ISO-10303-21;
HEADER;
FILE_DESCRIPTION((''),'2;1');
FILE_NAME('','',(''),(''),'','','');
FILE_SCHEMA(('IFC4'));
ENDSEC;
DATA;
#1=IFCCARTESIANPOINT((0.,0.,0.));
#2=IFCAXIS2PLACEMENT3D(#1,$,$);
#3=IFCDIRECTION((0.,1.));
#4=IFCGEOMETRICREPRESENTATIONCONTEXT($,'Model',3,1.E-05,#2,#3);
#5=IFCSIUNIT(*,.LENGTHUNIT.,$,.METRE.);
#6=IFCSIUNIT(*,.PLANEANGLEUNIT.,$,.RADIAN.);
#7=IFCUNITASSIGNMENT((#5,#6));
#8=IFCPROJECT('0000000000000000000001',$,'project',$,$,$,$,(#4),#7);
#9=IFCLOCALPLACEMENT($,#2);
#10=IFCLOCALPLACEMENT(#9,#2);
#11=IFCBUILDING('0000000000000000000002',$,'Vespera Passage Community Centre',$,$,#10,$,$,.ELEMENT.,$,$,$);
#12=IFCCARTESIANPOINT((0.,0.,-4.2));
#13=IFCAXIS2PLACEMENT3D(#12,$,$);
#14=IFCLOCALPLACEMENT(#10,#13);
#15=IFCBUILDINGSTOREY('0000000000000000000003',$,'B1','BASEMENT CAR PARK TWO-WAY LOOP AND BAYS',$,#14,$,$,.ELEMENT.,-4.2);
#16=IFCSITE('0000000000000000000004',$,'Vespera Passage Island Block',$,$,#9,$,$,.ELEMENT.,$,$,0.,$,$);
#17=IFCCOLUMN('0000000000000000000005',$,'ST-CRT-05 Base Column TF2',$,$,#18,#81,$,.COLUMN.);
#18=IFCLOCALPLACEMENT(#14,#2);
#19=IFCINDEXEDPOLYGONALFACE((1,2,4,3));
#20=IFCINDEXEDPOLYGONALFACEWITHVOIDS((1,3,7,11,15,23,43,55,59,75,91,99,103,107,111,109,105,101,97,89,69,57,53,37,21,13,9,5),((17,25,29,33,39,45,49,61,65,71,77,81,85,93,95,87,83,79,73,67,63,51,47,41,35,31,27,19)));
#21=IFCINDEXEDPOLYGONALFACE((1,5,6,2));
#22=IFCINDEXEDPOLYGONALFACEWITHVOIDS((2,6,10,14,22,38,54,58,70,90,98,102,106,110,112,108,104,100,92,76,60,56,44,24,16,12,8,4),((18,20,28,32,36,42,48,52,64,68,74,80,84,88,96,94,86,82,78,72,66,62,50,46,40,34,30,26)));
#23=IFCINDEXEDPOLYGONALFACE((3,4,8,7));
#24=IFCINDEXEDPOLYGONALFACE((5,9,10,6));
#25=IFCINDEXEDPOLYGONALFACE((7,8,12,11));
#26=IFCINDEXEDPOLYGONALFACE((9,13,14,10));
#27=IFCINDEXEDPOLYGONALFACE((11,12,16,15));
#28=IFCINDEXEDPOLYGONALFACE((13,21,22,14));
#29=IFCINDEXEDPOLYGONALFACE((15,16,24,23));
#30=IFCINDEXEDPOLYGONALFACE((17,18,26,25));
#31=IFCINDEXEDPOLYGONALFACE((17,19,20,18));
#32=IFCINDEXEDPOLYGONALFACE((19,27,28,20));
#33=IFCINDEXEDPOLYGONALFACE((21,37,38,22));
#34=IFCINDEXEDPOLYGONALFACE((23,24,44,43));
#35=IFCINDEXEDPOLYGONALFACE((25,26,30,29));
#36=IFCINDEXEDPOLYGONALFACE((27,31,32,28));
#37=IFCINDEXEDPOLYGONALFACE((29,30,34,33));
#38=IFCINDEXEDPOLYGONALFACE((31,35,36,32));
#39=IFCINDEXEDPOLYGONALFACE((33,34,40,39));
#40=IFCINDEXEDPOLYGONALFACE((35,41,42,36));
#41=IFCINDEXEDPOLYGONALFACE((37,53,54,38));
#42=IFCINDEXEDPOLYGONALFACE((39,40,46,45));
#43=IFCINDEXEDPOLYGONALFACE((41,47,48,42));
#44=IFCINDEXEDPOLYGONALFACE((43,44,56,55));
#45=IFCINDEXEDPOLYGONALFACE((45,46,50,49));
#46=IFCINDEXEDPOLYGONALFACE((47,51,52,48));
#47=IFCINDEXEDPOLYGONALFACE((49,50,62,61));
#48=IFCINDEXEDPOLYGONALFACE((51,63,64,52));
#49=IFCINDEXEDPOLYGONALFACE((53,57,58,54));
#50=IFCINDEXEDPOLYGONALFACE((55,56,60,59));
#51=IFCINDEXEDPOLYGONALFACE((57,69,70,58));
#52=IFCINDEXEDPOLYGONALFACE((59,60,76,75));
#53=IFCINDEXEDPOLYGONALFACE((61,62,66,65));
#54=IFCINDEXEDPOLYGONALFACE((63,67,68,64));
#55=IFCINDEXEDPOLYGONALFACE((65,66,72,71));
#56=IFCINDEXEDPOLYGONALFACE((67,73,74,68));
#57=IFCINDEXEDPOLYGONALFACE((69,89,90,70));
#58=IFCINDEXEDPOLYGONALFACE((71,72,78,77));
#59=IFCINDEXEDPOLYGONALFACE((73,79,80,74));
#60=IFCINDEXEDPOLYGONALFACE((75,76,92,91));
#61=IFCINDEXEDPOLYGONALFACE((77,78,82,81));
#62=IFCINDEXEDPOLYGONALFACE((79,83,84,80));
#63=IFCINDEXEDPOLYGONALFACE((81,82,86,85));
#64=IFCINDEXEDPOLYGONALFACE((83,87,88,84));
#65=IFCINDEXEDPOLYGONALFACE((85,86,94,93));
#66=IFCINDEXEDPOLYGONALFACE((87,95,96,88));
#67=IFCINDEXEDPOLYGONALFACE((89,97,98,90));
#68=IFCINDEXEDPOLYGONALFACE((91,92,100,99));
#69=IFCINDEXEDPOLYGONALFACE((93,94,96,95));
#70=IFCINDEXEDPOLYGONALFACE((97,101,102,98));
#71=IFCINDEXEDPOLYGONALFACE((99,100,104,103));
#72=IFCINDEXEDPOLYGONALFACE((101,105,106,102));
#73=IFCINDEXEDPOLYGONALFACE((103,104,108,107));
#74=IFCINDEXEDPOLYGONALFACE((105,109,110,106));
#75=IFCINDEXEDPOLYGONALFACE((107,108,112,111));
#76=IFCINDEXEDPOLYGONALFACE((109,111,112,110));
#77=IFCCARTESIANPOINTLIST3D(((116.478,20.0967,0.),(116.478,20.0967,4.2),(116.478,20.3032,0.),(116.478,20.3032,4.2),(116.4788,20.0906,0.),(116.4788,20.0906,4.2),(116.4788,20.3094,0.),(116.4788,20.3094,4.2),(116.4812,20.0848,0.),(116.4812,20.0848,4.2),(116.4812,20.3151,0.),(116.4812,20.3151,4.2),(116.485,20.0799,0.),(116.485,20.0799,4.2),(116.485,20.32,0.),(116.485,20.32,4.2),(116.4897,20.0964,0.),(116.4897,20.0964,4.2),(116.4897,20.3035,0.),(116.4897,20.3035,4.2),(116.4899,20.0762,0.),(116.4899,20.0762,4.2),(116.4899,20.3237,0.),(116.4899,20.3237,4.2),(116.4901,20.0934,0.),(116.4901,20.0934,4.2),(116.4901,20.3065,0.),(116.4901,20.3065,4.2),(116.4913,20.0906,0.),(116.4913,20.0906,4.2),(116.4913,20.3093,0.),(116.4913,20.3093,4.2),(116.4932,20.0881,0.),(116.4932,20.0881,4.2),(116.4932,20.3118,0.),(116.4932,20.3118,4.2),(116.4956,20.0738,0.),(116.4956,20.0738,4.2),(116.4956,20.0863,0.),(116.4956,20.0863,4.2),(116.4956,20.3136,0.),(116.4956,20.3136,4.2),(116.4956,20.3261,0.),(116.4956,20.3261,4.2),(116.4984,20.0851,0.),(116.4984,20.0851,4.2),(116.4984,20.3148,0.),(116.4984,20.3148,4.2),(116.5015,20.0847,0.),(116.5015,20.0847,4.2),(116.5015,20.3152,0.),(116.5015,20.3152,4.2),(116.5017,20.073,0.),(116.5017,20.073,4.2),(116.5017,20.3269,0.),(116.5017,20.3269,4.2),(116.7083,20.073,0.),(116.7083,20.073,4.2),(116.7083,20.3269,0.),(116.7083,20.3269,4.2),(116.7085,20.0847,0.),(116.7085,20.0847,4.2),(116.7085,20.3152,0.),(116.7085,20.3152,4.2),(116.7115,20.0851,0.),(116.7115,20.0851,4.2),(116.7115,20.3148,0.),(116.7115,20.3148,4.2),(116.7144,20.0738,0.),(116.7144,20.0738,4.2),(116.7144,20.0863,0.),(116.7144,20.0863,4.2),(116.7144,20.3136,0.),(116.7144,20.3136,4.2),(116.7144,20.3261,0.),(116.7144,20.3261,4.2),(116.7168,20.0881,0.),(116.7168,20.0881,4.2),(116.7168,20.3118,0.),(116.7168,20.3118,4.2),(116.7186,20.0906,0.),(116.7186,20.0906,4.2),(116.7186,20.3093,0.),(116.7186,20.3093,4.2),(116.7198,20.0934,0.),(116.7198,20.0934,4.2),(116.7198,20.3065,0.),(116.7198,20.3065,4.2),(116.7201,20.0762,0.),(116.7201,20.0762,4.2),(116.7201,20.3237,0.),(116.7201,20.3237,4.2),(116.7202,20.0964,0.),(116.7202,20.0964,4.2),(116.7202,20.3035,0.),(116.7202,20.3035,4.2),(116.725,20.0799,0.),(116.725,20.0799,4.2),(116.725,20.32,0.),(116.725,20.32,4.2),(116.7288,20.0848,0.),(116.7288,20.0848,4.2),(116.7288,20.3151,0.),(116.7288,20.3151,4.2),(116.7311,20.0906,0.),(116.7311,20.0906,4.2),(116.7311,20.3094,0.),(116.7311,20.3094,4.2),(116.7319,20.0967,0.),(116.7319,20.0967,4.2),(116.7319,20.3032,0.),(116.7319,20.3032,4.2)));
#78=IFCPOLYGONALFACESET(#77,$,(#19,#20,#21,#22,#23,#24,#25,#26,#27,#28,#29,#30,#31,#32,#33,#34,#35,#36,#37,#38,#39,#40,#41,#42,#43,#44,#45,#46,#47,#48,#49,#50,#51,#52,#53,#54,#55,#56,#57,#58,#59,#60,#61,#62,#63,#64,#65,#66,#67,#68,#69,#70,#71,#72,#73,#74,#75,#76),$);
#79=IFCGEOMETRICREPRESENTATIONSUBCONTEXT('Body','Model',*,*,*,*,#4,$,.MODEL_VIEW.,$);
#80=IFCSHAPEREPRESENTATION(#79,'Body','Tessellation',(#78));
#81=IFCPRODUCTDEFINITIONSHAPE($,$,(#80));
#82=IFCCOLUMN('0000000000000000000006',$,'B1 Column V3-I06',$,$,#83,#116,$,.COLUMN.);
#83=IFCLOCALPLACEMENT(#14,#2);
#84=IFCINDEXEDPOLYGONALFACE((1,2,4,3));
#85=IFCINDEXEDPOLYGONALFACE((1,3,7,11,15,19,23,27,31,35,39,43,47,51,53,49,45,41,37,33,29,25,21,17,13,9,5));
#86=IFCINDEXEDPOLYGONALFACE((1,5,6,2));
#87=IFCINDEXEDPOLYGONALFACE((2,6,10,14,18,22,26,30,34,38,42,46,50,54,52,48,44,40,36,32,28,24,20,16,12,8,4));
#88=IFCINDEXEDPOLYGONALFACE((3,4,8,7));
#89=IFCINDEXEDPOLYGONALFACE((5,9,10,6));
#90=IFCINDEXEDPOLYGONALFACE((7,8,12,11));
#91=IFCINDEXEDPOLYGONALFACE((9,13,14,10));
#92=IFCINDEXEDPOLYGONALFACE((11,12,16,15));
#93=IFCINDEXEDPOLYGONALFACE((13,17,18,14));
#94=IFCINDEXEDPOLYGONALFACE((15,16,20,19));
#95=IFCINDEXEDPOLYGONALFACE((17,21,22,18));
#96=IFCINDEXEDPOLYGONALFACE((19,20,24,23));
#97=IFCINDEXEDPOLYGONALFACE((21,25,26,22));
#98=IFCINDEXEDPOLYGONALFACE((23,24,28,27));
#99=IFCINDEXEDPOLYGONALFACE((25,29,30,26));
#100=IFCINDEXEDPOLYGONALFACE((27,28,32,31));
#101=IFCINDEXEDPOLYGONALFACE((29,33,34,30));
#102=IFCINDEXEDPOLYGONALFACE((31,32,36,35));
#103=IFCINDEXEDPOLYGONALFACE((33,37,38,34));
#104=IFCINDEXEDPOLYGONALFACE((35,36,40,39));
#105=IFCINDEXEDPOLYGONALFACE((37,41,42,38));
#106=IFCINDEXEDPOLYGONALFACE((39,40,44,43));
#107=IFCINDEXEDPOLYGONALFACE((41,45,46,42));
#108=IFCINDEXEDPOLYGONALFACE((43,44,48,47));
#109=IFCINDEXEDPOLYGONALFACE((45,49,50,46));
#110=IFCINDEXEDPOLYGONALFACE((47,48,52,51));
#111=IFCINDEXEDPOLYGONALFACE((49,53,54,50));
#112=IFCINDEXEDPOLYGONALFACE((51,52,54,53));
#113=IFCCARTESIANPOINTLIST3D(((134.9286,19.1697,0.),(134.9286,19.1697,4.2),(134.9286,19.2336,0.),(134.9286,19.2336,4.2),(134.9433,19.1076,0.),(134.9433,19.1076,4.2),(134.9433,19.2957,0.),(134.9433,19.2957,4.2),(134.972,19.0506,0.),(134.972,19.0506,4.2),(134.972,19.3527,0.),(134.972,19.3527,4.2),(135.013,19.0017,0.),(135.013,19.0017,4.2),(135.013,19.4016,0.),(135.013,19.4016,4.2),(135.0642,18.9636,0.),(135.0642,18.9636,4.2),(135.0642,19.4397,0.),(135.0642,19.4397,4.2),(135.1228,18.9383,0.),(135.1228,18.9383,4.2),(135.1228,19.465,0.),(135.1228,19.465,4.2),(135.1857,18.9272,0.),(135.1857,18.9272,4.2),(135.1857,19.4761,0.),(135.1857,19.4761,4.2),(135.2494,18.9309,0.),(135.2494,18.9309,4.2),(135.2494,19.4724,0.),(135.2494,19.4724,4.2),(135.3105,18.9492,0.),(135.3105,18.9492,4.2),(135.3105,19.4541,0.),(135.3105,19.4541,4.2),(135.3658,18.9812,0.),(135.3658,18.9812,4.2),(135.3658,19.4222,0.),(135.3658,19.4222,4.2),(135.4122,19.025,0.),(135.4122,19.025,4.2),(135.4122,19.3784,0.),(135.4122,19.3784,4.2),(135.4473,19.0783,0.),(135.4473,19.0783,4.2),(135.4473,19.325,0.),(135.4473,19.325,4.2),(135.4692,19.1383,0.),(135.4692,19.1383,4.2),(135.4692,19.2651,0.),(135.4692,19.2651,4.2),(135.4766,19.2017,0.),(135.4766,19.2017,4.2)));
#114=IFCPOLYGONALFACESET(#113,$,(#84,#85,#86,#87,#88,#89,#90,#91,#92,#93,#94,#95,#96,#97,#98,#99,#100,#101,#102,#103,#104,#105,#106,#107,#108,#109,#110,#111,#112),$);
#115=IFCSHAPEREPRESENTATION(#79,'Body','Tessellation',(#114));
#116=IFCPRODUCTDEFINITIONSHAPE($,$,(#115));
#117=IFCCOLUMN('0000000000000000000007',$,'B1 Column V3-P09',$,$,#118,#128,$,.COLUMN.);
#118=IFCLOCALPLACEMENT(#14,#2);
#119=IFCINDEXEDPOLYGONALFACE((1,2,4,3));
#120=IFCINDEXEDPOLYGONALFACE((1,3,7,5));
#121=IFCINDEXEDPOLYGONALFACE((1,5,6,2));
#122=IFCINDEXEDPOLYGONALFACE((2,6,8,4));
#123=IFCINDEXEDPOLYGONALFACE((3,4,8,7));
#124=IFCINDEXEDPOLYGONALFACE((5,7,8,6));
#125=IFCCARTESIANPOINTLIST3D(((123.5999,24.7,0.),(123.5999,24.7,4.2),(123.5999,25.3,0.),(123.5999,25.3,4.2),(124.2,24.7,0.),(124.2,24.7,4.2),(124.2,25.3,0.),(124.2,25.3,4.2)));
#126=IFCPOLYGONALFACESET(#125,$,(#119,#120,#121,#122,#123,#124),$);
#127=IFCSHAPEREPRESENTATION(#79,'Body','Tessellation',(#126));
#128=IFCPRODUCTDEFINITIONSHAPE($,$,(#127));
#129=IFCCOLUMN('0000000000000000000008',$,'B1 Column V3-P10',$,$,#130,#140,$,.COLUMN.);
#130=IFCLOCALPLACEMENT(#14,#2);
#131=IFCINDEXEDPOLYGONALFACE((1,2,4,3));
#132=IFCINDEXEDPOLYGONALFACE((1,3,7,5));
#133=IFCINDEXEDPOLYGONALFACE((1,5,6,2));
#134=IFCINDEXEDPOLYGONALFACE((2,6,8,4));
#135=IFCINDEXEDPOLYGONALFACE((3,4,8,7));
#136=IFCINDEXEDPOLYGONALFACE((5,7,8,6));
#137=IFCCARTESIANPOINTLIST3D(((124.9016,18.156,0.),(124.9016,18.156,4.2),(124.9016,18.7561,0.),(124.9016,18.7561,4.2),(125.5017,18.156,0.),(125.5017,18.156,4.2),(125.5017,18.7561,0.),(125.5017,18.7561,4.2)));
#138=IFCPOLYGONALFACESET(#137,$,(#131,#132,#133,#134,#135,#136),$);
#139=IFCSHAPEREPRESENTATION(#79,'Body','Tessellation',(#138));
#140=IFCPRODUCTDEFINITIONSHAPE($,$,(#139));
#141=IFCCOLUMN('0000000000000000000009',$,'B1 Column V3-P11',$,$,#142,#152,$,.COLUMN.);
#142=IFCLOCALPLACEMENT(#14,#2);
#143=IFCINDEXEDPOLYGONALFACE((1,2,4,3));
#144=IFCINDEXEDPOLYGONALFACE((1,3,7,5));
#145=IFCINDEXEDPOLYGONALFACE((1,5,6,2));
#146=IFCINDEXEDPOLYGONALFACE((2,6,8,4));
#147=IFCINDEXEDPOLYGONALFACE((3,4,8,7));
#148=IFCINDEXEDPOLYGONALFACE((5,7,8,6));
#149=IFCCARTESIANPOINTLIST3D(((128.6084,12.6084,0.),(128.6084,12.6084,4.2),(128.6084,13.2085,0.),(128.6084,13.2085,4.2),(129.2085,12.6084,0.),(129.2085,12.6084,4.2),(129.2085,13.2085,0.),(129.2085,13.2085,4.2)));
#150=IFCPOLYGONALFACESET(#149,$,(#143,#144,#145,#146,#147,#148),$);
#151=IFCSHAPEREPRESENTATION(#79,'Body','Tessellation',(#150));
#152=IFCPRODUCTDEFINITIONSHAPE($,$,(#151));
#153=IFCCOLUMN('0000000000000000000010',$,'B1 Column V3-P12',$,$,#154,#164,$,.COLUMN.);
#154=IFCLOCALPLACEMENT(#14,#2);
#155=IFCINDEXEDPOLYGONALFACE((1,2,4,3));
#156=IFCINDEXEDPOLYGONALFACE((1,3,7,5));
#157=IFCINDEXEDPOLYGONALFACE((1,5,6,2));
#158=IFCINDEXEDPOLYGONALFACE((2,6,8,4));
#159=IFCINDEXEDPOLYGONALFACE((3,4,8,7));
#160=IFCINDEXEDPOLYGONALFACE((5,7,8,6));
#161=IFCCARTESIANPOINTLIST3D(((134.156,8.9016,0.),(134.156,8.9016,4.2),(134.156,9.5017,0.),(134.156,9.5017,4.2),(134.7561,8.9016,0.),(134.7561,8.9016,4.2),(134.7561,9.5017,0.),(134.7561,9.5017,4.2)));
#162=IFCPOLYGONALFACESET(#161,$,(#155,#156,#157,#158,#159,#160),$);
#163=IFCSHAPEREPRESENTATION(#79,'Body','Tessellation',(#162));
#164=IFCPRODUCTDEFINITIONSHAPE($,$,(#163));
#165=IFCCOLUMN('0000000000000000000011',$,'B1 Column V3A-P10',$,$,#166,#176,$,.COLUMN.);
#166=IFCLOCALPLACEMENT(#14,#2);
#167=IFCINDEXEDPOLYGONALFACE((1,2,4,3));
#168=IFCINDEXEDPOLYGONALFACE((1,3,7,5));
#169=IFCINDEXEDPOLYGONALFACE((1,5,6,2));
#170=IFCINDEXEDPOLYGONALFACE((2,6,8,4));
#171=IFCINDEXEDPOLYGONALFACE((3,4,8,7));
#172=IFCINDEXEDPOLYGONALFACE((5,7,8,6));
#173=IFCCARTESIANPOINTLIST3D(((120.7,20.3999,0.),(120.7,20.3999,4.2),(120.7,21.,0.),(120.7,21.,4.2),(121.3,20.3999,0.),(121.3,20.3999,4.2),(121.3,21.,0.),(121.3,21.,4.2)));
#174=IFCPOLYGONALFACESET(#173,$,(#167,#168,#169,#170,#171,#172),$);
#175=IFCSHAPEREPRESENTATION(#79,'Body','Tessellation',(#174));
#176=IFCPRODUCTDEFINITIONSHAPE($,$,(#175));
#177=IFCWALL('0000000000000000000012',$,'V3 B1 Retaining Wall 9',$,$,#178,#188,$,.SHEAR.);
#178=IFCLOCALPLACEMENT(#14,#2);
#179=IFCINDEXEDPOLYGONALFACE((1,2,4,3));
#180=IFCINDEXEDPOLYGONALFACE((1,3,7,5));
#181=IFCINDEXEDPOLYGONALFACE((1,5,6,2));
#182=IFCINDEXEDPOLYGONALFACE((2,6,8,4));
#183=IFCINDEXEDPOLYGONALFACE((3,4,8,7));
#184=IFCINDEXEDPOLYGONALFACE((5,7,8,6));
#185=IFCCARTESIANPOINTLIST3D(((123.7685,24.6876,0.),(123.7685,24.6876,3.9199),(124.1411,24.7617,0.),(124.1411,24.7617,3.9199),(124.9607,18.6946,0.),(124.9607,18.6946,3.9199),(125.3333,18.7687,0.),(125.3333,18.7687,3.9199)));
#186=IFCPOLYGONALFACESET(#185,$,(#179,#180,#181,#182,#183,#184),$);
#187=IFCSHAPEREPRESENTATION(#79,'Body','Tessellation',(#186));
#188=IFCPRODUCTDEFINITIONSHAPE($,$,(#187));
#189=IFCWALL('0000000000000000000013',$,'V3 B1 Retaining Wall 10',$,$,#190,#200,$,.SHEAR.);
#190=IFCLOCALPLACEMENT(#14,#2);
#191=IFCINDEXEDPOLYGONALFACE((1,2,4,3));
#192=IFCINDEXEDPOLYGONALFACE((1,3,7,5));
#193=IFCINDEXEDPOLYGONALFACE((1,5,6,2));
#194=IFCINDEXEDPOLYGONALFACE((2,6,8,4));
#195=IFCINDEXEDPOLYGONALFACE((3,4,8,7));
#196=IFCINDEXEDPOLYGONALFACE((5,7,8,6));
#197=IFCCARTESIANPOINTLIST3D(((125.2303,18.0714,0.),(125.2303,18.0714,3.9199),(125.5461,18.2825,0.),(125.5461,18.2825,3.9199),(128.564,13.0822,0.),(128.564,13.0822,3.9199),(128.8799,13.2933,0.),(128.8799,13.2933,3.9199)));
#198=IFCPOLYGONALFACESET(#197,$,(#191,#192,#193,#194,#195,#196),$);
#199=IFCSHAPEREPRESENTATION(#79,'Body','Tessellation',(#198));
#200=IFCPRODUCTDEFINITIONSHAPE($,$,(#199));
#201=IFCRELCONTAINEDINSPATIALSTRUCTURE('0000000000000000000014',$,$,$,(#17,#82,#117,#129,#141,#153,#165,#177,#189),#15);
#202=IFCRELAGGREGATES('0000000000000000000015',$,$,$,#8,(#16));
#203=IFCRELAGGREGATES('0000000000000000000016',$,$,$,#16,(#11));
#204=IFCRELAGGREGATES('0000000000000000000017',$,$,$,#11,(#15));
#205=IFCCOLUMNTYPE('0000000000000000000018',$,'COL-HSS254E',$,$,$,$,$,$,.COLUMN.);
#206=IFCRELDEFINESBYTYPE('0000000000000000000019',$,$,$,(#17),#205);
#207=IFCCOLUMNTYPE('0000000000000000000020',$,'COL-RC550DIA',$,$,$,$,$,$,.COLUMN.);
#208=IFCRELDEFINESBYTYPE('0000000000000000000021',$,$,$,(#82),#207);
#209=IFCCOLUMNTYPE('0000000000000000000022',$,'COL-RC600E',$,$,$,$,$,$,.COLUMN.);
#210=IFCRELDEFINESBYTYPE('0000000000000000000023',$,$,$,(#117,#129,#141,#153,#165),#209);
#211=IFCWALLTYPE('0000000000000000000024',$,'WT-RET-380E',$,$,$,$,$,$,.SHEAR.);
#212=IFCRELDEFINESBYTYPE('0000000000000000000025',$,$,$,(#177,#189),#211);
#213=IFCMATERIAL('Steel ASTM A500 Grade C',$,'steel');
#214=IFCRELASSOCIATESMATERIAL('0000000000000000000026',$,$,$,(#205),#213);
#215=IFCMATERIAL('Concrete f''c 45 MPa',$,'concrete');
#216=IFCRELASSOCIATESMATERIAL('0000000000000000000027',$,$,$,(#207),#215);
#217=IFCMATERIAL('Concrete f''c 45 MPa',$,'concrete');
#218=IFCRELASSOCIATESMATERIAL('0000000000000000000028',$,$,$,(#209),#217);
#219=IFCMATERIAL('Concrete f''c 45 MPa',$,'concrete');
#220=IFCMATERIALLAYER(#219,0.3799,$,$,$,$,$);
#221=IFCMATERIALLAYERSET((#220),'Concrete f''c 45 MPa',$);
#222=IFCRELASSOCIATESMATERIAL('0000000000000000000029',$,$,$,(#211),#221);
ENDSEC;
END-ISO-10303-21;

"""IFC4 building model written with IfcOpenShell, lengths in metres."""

from ifc_helpers import new_model, si_unit, direction, frame, frame_2d, origin, origin_2d, place, context, subcontext, project, spatial, rectangle, hollow_rectangle, circle, extrude, material, layer, layer_set, material_profile, profile_set, type_object, element, save


model = new_model("IFC4")

# Units and contexts
model_context = context("Model", 3, precision=1e-05, world=origin(), true_north=direction((0.0, 1.0)))
body_context = subcontext(model_context, "Body", "Model", "MODEL_VIEW")
ifc_project = project(units=[si_unit("LENGTHUNIT", "METRE"), si_unit("PLANEANGLEUNIT", "RADIAN")], contexts=[model_context])

# Site, building, storey
site_placement = place(None, origin())
site = spatial("IfcSite", under=ifc_project, at=site_placement, Name="Vespera Passage Island Block", CompositionType="ELEMENT", RefElevation=0.0)
building_placement = place(site_placement, origin())
building = spatial("IfcBuilding", under=site, at=building_placement, Name="Vespera Passage Community Centre", CompositionType="ELEMENT")
storey_placement = place(building_placement, frame((0.0, 0.0, -4.2)))
storey = spatial("IfcBuildingStorey", under=building, at=storey_placement, Name="B1", Description="BASEMENT CAR PARK TWO-WAY LOOP AND BAYS", CompositionType="ELEMENT", Elevation=-4.2)

# Columns
ifc_material_1 = material(Name="Steel ASTM A500 Grade C", Category="steel")
ifc_material_profile_1 = material_profile(ifc_material_1, hollow_rectangle(XDim=0.2539, YDim=0.2539, WallThickness=0.0117, InnerFilletRadius=0.0117, OuterFilletRadius=0.0237, at=origin_2d()), Name="HSS254X254X12.7")
ifc_profile_set_1 = profile_set([ifc_material_profile_1], Name="Steel ASTM A500 Grade C")
column_type_1 = type_object("IfcColumnType", Name="COL-HSS254E", PredefinedType="COLUMN", material=ifc_profile_set_1)
for number, where, z_axis, x_axis, name in (
    (1, (116.605, 20.2, 0.0), (0.0, 0.0, 1.0), (1.0, 0.0, 0.0), "ST-CRT-05 Base Column TF2"),
):
    element("IfcColumn", number, at=place(storey_placement, frame(where, z_axis=z_axis, x_axis=x_axis)), inside=storey, type_object=column_type_1, Name=name, PredefinedType="COLUMN", context=body_context, shape_type="SweptSolid", body=[
        extrude(hollow_rectangle(XDim=0.2539, YDim=0.2539, WallThickness=0.0117, InnerFilletRadius=0.0117, OuterFilletRadius=0.0237, at=origin_2d()), origin(), (0.0, 0.0, 1.0), 4.2),
    ])
ifc_material_2 = material(Name="Concrete f'c 45 MPa", Category="concrete")
ifc_material_profile_2 = material_profile(ifc_material_2, circle(Radius=0.2749, at=origin_2d()), Name="RC550DIA")
ifc_profile_set_2 = profile_set([ifc_material_profile_2], Name="Concrete f'c 45 MPa")
column_type_2 = type_object("IfcColumnType", Name="COL-RC550DIA", PredefinedType="COLUMN", material=ifc_profile_set_2)
column_1_placement = place(storey_placement, frame((135.2017, 19.2017, 0.0), z_axis=(0.0, 0.0, 1.0), x_axis=(1.0, 0.0, 0.0)))
element("IfcColumn", 2, at=column_1_placement, inside=storey, type_object=column_type_2, Name="B1 Column V3-I06", PredefinedType="COLUMN", context=body_context, shape_type="SweptSolid", body=[
    extrude(circle(Radius=0.2749, at=origin_2d()), origin(), (0.0, 0.0, 1.0), 4.2),
])
ifc_material_3 = material(Name="Concrete f'c 45 MPa", Category="concrete")
ifc_material_profile_3 = material_profile(ifc_material_3, rectangle(XDim=0.6001, YDim=0.6001, at=origin_2d()), Name="RC600X600")
ifc_profile_set_3 = profile_set([ifc_material_profile_3], Name="Concrete f'c 45 MPa")
column_type_3 = type_object("IfcColumnType", Name="COL-RC600E", PredefinedType="COLUMN", material=ifc_profile_set_3)
for number, where, z_axis, x_axis, name in (
    (3, (123.8999, 25.0, 0.0), (0.0, 0.0, 1.0), (1.0, 0.0, 0.0), "B1 Column V3-P09"),
    (4, (125.2017, 18.4561, 0.0), (0.0, 0.0, 1.0), (1.0, 0.0, 0.0), "B1 Column V3-P10"),
    (5, (128.9084, 12.9084, 0.0), (0.0, 0.0, 1.0), (1.0, 0.0, 0.0), "B1 Column V3-P11"),
    (6, (134.4561, 9.2017, 0.0), (0.0, 0.0, 1.0), (1.0, 0.0, 0.0), "B1 Column V3-P12"),
    (7, (121.0, 20.7, 0.0), (0.0, 0.0, 1.0), (1.0, 0.0, 0.0), "B1 Column V3A-P10"),
):
    element("IfcColumn", number, at=place(storey_placement, frame(where, z_axis=z_axis, x_axis=x_axis)), inside=storey, type_object=column_type_3, Name=name, PredefinedType="COLUMN", context=body_context, shape_type="SweptSolid", body=[
        extrude(rectangle(XDim=0.6001, YDim=0.6001, at=origin_2d()), origin(), (0.0, 0.0, 1.0), 4.2),
    ])

# Walls
ifc_material_4 = material(Name="Concrete f'c 45 MPa", Category="concrete")
ifc_layer = layer(ifc_material_4, 0.3799)
ifc_layer_set = layer_set([ifc_layer], Name="Concrete f'c 45 MPa")
wall_type = type_object("IfcWallType", Name="WT-RET-380E", PredefinedType="SHEAR", material=ifc_layer_set)
wall_1_placement = place(storey_placement, frame((125.147, 18.7317, 0.0), z_axis=(0.0, 0.0, 1.0), x_axis=(-0.195102, 0.980783, 0.0)))
element("IfcWall", 8, at=wall_1_placement, inside=storey, type_object=wall_type, Name="V3 B1 Retaining Wall 9", PredefinedType="SHEAR", context=body_context, shape_type="SweptSolid", body=[
    extrude(rectangle(XDim=6.1104, YDim=0.3799, at=frame_2d((3.0552, 0.0))), origin(), (0.0, 0.0, 1.0), 3.9199),
])
for number, where, z_axis, x_axis, name in (
    (9, (128.7219, 13.1877, 0.0), (0.0, 0.0, 1.0), (-0.555573, 0.831468, 0.0), "V3 B1 Retaining Wall 10"),
):
    element("IfcWall", number, at=place(storey_placement, frame(where, z_axis=z_axis, x_axis=x_axis)), inside=storey, type_object=wall_type, Name=name, PredefinedType="SHEAR", context=body_context, shape_type="SweptSolid", body=[
        extrude(rectangle(XDim=6.0005, YDim=0.3799, at=frame_2d((3.0002, 0.0))), origin(), (0.0, 0.0, 1.0), 3.9199),
    ])

save(model, "model.ifc")
